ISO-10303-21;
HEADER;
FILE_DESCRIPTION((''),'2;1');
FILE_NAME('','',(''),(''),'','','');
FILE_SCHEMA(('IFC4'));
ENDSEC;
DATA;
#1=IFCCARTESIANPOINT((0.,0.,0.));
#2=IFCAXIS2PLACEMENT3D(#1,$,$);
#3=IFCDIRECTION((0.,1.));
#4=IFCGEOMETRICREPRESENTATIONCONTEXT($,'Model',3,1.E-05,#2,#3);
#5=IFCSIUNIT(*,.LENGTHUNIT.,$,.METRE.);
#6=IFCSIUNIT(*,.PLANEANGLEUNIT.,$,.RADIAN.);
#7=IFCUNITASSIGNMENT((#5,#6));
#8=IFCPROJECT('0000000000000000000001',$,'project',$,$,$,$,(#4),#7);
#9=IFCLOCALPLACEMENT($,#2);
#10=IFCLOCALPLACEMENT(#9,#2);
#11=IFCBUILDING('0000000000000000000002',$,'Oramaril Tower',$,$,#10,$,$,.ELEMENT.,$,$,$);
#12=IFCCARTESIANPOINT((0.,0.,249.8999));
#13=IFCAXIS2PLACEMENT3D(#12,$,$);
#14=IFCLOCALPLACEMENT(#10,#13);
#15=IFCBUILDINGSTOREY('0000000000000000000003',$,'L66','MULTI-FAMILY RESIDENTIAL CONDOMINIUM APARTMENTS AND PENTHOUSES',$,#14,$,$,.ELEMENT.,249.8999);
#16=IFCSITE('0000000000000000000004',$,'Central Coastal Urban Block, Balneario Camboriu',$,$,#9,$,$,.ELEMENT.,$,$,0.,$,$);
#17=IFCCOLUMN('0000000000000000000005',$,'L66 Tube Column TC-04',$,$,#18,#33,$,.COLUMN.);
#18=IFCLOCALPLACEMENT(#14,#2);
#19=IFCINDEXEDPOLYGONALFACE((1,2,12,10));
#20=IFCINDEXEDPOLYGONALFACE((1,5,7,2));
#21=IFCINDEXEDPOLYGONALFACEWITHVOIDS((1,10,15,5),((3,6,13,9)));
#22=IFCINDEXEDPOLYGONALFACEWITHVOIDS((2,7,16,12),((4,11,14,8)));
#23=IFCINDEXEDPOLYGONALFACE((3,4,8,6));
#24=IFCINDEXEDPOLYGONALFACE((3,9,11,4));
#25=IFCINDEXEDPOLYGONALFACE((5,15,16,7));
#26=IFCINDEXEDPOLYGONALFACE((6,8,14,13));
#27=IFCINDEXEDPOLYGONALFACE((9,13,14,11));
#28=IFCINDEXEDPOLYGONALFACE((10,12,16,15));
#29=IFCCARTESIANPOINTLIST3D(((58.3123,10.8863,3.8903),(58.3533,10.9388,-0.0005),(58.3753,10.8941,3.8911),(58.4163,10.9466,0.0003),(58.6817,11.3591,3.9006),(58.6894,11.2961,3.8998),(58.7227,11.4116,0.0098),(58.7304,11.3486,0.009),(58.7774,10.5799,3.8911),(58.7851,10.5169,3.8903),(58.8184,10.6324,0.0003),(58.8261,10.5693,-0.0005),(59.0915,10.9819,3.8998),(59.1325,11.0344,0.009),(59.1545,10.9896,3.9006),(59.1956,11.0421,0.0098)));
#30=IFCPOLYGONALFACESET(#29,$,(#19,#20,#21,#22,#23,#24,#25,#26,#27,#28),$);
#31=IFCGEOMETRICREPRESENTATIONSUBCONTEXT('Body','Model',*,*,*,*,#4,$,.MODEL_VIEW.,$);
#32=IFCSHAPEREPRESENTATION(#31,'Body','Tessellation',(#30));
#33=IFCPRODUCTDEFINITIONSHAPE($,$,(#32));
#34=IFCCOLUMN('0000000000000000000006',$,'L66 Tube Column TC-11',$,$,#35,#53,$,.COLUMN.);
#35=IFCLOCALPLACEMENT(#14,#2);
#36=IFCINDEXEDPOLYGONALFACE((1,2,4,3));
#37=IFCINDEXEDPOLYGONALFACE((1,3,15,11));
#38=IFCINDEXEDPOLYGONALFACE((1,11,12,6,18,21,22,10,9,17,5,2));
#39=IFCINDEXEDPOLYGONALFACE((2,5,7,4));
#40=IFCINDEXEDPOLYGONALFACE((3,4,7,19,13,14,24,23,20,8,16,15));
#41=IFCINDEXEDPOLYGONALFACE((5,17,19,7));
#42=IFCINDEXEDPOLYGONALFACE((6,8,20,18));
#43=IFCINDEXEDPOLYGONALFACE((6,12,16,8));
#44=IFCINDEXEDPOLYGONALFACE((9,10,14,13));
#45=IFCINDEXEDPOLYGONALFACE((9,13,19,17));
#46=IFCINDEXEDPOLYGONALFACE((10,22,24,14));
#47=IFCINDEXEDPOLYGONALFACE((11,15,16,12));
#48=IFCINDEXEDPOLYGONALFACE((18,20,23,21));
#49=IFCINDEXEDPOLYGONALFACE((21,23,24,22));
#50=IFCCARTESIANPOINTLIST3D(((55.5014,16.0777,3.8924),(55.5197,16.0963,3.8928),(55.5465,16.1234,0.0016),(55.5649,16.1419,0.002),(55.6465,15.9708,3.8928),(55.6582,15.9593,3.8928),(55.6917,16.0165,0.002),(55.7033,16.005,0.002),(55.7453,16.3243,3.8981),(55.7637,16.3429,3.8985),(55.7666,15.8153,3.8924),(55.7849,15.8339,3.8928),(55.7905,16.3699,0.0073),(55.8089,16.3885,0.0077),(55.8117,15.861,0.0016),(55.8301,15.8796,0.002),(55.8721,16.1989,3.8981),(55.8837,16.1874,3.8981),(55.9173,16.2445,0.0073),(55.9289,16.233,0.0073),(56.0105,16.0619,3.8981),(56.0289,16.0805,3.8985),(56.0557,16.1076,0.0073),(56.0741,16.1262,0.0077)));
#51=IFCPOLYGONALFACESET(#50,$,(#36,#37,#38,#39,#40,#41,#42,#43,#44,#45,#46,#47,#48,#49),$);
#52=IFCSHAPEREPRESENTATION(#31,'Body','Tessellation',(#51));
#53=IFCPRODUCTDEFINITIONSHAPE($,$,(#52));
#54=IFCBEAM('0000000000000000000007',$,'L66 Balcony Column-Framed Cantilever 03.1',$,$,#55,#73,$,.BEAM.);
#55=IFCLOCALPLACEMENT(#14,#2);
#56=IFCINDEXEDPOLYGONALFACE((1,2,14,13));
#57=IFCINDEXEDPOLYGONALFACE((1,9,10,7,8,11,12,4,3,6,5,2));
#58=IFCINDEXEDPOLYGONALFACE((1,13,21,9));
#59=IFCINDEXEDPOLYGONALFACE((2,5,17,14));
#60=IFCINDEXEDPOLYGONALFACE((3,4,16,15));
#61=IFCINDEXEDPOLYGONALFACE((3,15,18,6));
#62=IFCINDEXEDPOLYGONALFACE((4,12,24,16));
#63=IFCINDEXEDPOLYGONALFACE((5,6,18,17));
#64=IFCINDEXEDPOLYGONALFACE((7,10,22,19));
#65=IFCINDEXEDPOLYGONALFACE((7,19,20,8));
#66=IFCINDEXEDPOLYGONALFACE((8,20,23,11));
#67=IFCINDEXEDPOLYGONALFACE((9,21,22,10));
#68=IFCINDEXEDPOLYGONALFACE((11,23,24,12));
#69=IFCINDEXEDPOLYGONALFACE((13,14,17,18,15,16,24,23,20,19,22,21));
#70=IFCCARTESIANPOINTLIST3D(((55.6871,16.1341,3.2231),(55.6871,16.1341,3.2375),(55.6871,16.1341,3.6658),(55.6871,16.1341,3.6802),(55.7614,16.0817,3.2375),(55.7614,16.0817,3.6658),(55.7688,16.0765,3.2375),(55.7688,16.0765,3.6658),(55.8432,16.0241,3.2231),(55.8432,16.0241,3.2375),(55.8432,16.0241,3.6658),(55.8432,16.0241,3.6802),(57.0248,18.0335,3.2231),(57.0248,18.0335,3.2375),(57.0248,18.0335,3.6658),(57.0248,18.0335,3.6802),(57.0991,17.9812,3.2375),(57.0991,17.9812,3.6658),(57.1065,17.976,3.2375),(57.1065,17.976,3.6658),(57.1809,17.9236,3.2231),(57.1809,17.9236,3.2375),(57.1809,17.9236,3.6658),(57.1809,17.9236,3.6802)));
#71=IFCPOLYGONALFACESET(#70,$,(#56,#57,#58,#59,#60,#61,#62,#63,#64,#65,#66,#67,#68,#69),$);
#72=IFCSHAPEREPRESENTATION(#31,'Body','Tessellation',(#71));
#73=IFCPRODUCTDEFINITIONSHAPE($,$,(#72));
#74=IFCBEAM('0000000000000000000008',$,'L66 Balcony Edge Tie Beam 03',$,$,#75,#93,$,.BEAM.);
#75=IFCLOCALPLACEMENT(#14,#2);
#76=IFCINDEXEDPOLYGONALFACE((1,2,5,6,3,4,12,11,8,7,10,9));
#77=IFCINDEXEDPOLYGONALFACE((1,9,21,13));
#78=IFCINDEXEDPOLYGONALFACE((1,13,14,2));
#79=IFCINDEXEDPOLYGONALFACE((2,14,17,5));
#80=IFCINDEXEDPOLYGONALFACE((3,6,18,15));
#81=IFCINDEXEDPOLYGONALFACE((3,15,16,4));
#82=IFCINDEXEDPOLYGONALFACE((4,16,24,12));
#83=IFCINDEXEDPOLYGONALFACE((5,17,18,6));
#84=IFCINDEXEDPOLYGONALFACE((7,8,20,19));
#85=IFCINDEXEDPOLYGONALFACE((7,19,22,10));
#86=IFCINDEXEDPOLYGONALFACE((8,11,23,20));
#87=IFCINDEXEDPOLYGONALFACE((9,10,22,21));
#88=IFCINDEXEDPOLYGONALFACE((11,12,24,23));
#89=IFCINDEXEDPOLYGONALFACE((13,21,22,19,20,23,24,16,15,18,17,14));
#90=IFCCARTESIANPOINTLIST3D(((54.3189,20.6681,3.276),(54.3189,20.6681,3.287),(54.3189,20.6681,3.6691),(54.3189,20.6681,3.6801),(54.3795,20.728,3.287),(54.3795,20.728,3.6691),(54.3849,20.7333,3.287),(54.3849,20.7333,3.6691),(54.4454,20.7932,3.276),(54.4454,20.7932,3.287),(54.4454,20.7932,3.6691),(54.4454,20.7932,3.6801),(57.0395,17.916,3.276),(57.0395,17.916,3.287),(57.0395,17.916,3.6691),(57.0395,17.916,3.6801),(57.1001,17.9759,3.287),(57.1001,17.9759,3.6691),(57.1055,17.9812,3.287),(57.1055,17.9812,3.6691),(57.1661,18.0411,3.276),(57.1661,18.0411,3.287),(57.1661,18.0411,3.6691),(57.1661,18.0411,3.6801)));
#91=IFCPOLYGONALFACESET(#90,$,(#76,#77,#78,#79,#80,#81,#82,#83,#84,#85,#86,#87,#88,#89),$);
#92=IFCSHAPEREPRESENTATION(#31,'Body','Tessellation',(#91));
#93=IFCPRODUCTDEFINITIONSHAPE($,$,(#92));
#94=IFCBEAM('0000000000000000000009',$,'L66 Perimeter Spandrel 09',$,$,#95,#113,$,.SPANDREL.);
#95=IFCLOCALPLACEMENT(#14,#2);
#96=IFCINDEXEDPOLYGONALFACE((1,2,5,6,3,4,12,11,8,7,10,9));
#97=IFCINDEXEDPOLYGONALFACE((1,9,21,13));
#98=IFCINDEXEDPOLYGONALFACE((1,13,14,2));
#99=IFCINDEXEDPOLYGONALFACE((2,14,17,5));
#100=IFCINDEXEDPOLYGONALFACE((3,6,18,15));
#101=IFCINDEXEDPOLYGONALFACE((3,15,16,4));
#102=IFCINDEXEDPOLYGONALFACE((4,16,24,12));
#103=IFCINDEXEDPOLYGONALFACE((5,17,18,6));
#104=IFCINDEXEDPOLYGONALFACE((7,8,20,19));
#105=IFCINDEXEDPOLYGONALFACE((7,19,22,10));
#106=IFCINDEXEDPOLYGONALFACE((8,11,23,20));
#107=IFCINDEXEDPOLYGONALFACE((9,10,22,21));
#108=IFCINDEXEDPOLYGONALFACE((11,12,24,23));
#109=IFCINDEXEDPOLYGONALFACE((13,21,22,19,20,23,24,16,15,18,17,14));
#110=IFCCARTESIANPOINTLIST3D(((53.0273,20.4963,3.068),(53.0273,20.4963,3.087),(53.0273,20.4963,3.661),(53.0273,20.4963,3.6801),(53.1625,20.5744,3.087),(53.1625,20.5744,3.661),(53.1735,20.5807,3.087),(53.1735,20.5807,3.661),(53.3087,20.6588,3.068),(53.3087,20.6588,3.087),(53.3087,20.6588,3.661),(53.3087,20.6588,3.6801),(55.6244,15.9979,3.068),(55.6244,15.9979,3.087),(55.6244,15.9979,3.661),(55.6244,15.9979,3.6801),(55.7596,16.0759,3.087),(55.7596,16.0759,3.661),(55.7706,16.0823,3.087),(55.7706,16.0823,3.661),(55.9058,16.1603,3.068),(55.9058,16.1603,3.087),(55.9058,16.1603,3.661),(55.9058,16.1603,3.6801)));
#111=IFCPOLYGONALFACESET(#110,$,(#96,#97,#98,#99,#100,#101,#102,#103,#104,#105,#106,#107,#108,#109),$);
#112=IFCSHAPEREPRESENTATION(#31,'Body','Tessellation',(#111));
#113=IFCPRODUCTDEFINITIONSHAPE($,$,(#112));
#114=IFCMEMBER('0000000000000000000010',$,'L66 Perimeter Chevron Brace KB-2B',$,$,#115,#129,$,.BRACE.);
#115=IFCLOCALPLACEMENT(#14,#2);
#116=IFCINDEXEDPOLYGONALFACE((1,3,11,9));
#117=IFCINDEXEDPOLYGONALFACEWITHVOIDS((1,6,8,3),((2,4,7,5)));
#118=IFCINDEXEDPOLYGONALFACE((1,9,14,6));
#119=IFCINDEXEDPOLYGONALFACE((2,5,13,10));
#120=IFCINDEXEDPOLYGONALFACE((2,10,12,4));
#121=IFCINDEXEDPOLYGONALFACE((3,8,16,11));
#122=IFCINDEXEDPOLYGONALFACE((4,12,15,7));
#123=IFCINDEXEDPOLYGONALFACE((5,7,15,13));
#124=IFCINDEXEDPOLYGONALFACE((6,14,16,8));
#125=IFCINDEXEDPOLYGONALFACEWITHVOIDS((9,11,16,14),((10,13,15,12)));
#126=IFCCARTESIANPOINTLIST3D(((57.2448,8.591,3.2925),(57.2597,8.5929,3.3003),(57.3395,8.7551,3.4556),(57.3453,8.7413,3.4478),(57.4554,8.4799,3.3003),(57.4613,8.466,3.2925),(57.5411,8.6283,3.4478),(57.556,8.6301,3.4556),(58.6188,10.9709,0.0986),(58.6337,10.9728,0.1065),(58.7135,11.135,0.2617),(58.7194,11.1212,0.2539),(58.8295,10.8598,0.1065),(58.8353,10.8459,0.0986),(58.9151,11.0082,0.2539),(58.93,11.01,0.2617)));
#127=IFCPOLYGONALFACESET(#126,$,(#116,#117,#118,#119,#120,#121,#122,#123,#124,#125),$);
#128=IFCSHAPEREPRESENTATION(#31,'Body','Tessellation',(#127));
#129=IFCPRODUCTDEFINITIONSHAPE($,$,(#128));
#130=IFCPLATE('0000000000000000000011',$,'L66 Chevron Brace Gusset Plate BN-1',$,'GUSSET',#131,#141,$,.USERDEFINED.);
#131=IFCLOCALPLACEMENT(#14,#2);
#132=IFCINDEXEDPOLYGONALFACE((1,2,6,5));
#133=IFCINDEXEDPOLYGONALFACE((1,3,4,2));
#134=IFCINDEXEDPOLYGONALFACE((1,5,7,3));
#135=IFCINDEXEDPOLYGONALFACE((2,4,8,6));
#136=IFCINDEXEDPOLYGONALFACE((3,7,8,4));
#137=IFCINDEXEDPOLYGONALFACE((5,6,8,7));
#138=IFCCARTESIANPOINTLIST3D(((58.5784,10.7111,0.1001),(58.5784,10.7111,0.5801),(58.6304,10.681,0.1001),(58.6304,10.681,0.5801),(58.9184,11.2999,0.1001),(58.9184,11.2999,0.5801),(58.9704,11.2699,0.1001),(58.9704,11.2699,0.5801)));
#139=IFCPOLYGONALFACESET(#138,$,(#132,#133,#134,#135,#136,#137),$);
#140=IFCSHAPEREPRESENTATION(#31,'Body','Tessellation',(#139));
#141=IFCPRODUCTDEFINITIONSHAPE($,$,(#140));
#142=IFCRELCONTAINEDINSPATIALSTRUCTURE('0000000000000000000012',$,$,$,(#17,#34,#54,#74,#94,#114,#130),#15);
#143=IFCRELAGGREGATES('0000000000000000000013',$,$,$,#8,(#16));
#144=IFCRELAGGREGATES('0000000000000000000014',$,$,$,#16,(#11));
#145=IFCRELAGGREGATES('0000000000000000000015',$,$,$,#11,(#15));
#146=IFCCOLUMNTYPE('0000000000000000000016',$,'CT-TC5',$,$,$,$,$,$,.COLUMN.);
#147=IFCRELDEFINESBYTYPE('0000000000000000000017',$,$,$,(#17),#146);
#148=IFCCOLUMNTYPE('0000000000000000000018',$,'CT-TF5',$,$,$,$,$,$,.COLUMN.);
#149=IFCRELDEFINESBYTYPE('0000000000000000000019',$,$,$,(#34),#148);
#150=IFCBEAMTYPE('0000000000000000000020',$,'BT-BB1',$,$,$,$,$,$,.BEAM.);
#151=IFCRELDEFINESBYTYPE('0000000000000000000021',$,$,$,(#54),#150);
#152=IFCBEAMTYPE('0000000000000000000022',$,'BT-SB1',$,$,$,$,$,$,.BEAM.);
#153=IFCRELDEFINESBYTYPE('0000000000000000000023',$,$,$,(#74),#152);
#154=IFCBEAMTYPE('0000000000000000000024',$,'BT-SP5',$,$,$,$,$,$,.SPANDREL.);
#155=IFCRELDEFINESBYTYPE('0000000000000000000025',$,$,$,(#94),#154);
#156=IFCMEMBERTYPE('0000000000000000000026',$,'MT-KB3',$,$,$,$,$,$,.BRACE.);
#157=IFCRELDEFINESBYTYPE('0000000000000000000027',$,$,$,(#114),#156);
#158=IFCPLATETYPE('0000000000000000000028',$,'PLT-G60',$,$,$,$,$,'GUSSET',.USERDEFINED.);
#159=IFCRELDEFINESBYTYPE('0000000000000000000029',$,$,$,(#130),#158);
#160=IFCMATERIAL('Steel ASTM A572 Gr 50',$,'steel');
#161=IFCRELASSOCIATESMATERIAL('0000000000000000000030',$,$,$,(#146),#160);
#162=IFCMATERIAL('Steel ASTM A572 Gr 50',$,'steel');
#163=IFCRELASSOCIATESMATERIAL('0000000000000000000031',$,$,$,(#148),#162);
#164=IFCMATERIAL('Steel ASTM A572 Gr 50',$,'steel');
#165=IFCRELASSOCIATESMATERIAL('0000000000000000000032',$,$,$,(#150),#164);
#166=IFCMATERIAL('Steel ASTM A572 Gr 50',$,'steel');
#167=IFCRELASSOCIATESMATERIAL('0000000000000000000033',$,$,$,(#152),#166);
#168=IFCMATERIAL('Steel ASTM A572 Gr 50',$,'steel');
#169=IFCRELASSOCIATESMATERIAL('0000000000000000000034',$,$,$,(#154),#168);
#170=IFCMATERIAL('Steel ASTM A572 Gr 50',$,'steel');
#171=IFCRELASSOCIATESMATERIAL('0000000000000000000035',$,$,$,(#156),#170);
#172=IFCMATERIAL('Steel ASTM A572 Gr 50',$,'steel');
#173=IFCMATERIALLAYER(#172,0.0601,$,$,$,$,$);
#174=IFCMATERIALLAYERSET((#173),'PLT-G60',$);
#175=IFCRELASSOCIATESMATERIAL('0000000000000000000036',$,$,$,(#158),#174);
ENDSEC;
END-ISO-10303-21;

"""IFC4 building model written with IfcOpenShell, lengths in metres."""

from ifc_helpers import new_model, si_unit, direction, frame, origin, origin_2d, place, context, subcontext, project, spatial, rectangle, hollow_rectangle, i_section, extrude, material, layer, layer_set, material_profile, profile_set, type_object, element, save


model = new_model("IFC4")

# Units and contexts
model_context = context("Model", 3, precision=1e-05, world=origin(), true_north=direction((0.0, 1.0)))
body_context = subcontext(model_context, "Body", "Model", "MODEL_VIEW")
ifc_project = project(units=[si_unit("LENGTHUNIT", "METRE"), si_unit("PLANEANGLEUNIT", "RADIAN")], contexts=[model_context])

# Site, building, storey
site_placement = place(None, origin())
site = spatial("IfcSite", under=ifc_project, at=site_placement, Name="Central Coastal Urban Block, Balneario Camboriu", CompositionType="ELEMENT", RefElevation=0.0)
building_placement = place(site_placement, origin())
building = spatial("IfcBuilding", under=site, at=building_placement, Name="Oramaril Tower", CompositionType="ELEMENT")
storey_placement = place(building_placement, frame((0.0, 0.0, 249.8999)))
storey = spatial("IfcBuildingStorey", under=building, at=storey_placement, Name="L66", Description="MULTI-FAMILY RESIDENTIAL CONDOMINIUM APARTMENTS AND PENTHOUSES", CompositionType="ELEMENT", Elevation=249.8999)

# Columns
ifc_material_1 = material(Name="Steel ASTM A572 Gr 50", Category="steel")
ifc_material_profile_1 = material_profile(ifc_material_1, hollow_rectangle(XDim=0.6001, YDim=0.6001, WallThickness=0.0449, at=origin_2d()), Name="BOX600X600X45")
ifc_profile_set_1 = profile_set([ifc_material_profile_1], Name="Steel ASTM A572 Gr 50")
column_type_1 = type_object("IfcColumnType", Name="CT-TC5", PredefinedType="COLUMN", material=ifc_profile_set_1)
column_1_placement = place(storey_placement, frame((58.7744, 10.9905, 0.0046), z_axis=(-0.01054, -0.013489, 0.999853), x_axis=(0.787969, -0.615715, 0.0)))
element("IfcColumn", 1, at=column_1_placement, inside=storey, type_object=column_type_1, Name="L66 Tube Column TC-04", PredefinedType="COLUMN", context=body_context, shape_type="SweptSolid", body=[
    extrude(hollow_rectangle(XDim=0.6001, YDim=0.6001, WallThickness=0.0449, at=origin_2d()), origin(), (0.0, 0.0, 1.0), 3.8914),
])
ifc_material_2 = material(Name="Steel ASTM A572 Gr 50", Category="steel")
ifc_material_profile_2 = material_profile(ifc_material_2, i_section(OverallWidth=0.373, OverallDepth=0.373, WebThickness=0.0164, FlangeThickness=0.0261, at=origin_2d()), Name="W14X132")
ifc_profile_set_2 = profile_set([ifc_material_profile_2], Name="Steel ASTM A572 Gr 50")
column_type_2 = type_object("IfcColumnType", Name="CT-TF5", PredefinedType="COLUMN", material=ifc_profile_set_2)
column_2_placement = place(storey_placement, frame((55.8103, 16.1248, 0.0046), z_axis=(-0.011607, -0.011732, 0.999864), x_axis=(0.710898, -0.703295, 0.0)))
element("IfcColumn", 2, at=column_2_placement, inside=storey, type_object=column_type_2, Name="L66 Tube Column TC-11", PredefinedType="COLUMN", context=body_context, shape_type="SweptSolid", body=[
    extrude(i_section(OverallWidth=0.373, OverallDepth=0.373, WebThickness=0.0164, FlangeThickness=0.0261, at=origin_2d()), origin(), (0.0, 0.0, 1.0), 3.8914),
])

# Beams
ifc_material_3 = material(Name="Steel ASTM A572 Gr 50", Category="steel")
ifc_material_profile_3 = material_profile(ifc_material_3, i_section(OverallWidth=0.1909, OverallDepth=0.457, WebThickness=0.009, FlangeThickness=0.0144, at=origin_2d()), Name="W18X50")
ifc_profile_set_3 = profile_set([ifc_material_profile_3], Name="Steel ASTM A572 Gr 50")
beam_type_1 = type_object("IfcBeamType", Name="BT-BB1", PredefinedType="BEAM", material=ifc_profile_set_3)
beam_1_placement = place(storey_placement, frame((55.7651, 16.0791, 3.4517), z_axis=(0.575788, 0.817599, 0.0), x_axis=(-0.817599, 0.575788, 0.0)))
element("IfcBeam", 3, at=beam_1_placement, inside=storey, type_object=beam_type_1, Name="L66 Balcony Column-Framed Cantilever 03.1", PredefinedType="BEAM", context=body_context, shape_type="SweptSolid", body=[
    extrude(i_section(OverallWidth=0.1909, OverallDepth=0.457, WebThickness=0.009, FlangeThickness=0.0144, at=origin_2d()), origin(), (0.0, 0.0, 1.0), 2.3232),
])
ifc_material_4 = material(Name="Steel ASTM A572 Gr 50", Category="steel")
ifc_material_profile_4 = material_profile(ifc_material_4, i_section(OverallWidth=0.178, OverallDepth=0.4041, WebThickness=0.0076, FlangeThickness=0.011, at=origin_2d()), Name="W16X36")
ifc_profile_set_4 = profile_set([ifc_material_profile_4], Name="Steel ASTM A572 Gr 50")
beam_type_2 = type_object("IfcBeamType", Name="BT-SB1", PredefinedType="BEAM", material=ifc_profile_set_4)
beam_2_placement = place(storey_placement, frame((57.1028, 17.9785, 3.478), z_axis=(-0.703026, 0.711164, 0.0), x_axis=(-0.711164, -0.703026, 0.0)))
element("IfcBeam", 4, at=beam_2_placement, inside=storey, type_object=beam_type_2, Name="L66 Balcony Edge Tie Beam 03", PredefinedType="BEAM", context=body_context, shape_type="SweptSolid", body=[
    extrude(i_section(OverallWidth=0.178, OverallDepth=0.4041, WebThickness=0.0076, FlangeThickness=0.011, at=origin_2d()), origin(), (0.0, 0.0, 1.0), 3.8699),
])
ifc_material_5 = material(Name="Steel ASTM A572 Gr 50", Category="steel")
ifc_material_profile_5 = material_profile(ifc_material_5, i_section(OverallWidth=0.325, OverallDepth=0.6121, WebThickness=0.0127, FlangeThickness=0.019, at=origin_2d()), Name="W24X104")
ifc_profile_set_5 = profile_set([ifc_material_profile_5], Name="Steel ASTM A572 Gr 50")
beam_type_3 = type_object("IfcBeamType", Name="BT-SP5", PredefinedType="SPANDREL", material=ifc_profile_set_5)
beam_3_placement = place(storey_placement, frame((55.7651, 16.0791, 3.374), z_axis=(-0.499991, 0.866031, 0.0), x_axis=(-0.866031, -0.499991, 0.0)))
element("IfcBeam", 5, at=beam_3_placement, inside=storey, type_object=beam_type_3, Name="L66 Perimeter Spandrel 09", PredefinedType="SPANDREL", context=body_context, shape_type="SweptSolid", body=[
    extrude(i_section(OverallWidth=0.325, OverallDepth=0.6121, WebThickness=0.0127, FlangeThickness=0.019, at=origin_2d()), origin(), (0.0, 0.0, 1.0), 5.1943),
])

# Member
ifc_material_6 = material(Name="Steel ASTM A572 Gr 50", Category="steel")
ifc_material_profile_6 = material_profile(ifc_material_6, hollow_rectangle(XDim=0.25, YDim=0.25, WallThickness=0.012, at=origin_2d()), Name="HSS250X250X12")
ifc_profile_set_6 = profile_set([ifc_material_profile_6], Name="Steel ASTM A572 Gr 50")
member_type = type_object("IfcMemberType", Name="MT-KB3", PredefinedType="BRACE", material=ifc_profile_set_6)
member_placement = place(storey_placement, frame((58.7744, 10.9905, 0.1802), z_axis=(-0.326111, -0.564841, 0.758028), x_axis=(0.866026, -0.499999, 0.0)))
element("IfcMember", 6, at=member_placement, inside=storey, type_object=member_type, Name="L66 Perimeter Chevron Brace KB-2B", PredefinedType="BRACE", context=body_context, shape_type="SweptSolid", body=[
    extrude(hollow_rectangle(XDim=0.25, YDim=0.25, WallThickness=0.012, at=origin_2d()), origin(), (0.0, 0.0, 1.0), 4.2134),
])

# Plate
ifc_material_7 = material(Name="Steel ASTM A572 Gr 50", Category="steel")
ifc_layer_1 = layer(ifc_material_7, 0.0601)
ifc_layer_set_1 = layer_set([ifc_layer_1], Name="PLT-G60")
plate_type = type_object("IfcPlateType", Name="PLT-G60", ElementType="GUSSET", PredefinedType="USERDEFINED", material=ifc_layer_set_1)
plate_placement = place(storey_placement, frame((58.7744, 10.9905, 0.1001), z_axis=(0.0, 0.0, 1.0), x_axis=(0.500002, 0.866025, 0.0)))
element("IfcPlate", 7, at=plate_placement, inside=storey, type_object=plate_type, Name="L66 Chevron Brace Gusset Plate BN-1", ObjectType="GUSSET", PredefinedType="USERDEFINED", context=body_context, shape_type="SweptSolid", body=[
    extrude(rectangle(XDim=0.6799, YDim=0.0601, at=origin_2d()), origin(), (0.0, 0.0, 1.0), 0.48),
])

save(model, "model.ifc")
